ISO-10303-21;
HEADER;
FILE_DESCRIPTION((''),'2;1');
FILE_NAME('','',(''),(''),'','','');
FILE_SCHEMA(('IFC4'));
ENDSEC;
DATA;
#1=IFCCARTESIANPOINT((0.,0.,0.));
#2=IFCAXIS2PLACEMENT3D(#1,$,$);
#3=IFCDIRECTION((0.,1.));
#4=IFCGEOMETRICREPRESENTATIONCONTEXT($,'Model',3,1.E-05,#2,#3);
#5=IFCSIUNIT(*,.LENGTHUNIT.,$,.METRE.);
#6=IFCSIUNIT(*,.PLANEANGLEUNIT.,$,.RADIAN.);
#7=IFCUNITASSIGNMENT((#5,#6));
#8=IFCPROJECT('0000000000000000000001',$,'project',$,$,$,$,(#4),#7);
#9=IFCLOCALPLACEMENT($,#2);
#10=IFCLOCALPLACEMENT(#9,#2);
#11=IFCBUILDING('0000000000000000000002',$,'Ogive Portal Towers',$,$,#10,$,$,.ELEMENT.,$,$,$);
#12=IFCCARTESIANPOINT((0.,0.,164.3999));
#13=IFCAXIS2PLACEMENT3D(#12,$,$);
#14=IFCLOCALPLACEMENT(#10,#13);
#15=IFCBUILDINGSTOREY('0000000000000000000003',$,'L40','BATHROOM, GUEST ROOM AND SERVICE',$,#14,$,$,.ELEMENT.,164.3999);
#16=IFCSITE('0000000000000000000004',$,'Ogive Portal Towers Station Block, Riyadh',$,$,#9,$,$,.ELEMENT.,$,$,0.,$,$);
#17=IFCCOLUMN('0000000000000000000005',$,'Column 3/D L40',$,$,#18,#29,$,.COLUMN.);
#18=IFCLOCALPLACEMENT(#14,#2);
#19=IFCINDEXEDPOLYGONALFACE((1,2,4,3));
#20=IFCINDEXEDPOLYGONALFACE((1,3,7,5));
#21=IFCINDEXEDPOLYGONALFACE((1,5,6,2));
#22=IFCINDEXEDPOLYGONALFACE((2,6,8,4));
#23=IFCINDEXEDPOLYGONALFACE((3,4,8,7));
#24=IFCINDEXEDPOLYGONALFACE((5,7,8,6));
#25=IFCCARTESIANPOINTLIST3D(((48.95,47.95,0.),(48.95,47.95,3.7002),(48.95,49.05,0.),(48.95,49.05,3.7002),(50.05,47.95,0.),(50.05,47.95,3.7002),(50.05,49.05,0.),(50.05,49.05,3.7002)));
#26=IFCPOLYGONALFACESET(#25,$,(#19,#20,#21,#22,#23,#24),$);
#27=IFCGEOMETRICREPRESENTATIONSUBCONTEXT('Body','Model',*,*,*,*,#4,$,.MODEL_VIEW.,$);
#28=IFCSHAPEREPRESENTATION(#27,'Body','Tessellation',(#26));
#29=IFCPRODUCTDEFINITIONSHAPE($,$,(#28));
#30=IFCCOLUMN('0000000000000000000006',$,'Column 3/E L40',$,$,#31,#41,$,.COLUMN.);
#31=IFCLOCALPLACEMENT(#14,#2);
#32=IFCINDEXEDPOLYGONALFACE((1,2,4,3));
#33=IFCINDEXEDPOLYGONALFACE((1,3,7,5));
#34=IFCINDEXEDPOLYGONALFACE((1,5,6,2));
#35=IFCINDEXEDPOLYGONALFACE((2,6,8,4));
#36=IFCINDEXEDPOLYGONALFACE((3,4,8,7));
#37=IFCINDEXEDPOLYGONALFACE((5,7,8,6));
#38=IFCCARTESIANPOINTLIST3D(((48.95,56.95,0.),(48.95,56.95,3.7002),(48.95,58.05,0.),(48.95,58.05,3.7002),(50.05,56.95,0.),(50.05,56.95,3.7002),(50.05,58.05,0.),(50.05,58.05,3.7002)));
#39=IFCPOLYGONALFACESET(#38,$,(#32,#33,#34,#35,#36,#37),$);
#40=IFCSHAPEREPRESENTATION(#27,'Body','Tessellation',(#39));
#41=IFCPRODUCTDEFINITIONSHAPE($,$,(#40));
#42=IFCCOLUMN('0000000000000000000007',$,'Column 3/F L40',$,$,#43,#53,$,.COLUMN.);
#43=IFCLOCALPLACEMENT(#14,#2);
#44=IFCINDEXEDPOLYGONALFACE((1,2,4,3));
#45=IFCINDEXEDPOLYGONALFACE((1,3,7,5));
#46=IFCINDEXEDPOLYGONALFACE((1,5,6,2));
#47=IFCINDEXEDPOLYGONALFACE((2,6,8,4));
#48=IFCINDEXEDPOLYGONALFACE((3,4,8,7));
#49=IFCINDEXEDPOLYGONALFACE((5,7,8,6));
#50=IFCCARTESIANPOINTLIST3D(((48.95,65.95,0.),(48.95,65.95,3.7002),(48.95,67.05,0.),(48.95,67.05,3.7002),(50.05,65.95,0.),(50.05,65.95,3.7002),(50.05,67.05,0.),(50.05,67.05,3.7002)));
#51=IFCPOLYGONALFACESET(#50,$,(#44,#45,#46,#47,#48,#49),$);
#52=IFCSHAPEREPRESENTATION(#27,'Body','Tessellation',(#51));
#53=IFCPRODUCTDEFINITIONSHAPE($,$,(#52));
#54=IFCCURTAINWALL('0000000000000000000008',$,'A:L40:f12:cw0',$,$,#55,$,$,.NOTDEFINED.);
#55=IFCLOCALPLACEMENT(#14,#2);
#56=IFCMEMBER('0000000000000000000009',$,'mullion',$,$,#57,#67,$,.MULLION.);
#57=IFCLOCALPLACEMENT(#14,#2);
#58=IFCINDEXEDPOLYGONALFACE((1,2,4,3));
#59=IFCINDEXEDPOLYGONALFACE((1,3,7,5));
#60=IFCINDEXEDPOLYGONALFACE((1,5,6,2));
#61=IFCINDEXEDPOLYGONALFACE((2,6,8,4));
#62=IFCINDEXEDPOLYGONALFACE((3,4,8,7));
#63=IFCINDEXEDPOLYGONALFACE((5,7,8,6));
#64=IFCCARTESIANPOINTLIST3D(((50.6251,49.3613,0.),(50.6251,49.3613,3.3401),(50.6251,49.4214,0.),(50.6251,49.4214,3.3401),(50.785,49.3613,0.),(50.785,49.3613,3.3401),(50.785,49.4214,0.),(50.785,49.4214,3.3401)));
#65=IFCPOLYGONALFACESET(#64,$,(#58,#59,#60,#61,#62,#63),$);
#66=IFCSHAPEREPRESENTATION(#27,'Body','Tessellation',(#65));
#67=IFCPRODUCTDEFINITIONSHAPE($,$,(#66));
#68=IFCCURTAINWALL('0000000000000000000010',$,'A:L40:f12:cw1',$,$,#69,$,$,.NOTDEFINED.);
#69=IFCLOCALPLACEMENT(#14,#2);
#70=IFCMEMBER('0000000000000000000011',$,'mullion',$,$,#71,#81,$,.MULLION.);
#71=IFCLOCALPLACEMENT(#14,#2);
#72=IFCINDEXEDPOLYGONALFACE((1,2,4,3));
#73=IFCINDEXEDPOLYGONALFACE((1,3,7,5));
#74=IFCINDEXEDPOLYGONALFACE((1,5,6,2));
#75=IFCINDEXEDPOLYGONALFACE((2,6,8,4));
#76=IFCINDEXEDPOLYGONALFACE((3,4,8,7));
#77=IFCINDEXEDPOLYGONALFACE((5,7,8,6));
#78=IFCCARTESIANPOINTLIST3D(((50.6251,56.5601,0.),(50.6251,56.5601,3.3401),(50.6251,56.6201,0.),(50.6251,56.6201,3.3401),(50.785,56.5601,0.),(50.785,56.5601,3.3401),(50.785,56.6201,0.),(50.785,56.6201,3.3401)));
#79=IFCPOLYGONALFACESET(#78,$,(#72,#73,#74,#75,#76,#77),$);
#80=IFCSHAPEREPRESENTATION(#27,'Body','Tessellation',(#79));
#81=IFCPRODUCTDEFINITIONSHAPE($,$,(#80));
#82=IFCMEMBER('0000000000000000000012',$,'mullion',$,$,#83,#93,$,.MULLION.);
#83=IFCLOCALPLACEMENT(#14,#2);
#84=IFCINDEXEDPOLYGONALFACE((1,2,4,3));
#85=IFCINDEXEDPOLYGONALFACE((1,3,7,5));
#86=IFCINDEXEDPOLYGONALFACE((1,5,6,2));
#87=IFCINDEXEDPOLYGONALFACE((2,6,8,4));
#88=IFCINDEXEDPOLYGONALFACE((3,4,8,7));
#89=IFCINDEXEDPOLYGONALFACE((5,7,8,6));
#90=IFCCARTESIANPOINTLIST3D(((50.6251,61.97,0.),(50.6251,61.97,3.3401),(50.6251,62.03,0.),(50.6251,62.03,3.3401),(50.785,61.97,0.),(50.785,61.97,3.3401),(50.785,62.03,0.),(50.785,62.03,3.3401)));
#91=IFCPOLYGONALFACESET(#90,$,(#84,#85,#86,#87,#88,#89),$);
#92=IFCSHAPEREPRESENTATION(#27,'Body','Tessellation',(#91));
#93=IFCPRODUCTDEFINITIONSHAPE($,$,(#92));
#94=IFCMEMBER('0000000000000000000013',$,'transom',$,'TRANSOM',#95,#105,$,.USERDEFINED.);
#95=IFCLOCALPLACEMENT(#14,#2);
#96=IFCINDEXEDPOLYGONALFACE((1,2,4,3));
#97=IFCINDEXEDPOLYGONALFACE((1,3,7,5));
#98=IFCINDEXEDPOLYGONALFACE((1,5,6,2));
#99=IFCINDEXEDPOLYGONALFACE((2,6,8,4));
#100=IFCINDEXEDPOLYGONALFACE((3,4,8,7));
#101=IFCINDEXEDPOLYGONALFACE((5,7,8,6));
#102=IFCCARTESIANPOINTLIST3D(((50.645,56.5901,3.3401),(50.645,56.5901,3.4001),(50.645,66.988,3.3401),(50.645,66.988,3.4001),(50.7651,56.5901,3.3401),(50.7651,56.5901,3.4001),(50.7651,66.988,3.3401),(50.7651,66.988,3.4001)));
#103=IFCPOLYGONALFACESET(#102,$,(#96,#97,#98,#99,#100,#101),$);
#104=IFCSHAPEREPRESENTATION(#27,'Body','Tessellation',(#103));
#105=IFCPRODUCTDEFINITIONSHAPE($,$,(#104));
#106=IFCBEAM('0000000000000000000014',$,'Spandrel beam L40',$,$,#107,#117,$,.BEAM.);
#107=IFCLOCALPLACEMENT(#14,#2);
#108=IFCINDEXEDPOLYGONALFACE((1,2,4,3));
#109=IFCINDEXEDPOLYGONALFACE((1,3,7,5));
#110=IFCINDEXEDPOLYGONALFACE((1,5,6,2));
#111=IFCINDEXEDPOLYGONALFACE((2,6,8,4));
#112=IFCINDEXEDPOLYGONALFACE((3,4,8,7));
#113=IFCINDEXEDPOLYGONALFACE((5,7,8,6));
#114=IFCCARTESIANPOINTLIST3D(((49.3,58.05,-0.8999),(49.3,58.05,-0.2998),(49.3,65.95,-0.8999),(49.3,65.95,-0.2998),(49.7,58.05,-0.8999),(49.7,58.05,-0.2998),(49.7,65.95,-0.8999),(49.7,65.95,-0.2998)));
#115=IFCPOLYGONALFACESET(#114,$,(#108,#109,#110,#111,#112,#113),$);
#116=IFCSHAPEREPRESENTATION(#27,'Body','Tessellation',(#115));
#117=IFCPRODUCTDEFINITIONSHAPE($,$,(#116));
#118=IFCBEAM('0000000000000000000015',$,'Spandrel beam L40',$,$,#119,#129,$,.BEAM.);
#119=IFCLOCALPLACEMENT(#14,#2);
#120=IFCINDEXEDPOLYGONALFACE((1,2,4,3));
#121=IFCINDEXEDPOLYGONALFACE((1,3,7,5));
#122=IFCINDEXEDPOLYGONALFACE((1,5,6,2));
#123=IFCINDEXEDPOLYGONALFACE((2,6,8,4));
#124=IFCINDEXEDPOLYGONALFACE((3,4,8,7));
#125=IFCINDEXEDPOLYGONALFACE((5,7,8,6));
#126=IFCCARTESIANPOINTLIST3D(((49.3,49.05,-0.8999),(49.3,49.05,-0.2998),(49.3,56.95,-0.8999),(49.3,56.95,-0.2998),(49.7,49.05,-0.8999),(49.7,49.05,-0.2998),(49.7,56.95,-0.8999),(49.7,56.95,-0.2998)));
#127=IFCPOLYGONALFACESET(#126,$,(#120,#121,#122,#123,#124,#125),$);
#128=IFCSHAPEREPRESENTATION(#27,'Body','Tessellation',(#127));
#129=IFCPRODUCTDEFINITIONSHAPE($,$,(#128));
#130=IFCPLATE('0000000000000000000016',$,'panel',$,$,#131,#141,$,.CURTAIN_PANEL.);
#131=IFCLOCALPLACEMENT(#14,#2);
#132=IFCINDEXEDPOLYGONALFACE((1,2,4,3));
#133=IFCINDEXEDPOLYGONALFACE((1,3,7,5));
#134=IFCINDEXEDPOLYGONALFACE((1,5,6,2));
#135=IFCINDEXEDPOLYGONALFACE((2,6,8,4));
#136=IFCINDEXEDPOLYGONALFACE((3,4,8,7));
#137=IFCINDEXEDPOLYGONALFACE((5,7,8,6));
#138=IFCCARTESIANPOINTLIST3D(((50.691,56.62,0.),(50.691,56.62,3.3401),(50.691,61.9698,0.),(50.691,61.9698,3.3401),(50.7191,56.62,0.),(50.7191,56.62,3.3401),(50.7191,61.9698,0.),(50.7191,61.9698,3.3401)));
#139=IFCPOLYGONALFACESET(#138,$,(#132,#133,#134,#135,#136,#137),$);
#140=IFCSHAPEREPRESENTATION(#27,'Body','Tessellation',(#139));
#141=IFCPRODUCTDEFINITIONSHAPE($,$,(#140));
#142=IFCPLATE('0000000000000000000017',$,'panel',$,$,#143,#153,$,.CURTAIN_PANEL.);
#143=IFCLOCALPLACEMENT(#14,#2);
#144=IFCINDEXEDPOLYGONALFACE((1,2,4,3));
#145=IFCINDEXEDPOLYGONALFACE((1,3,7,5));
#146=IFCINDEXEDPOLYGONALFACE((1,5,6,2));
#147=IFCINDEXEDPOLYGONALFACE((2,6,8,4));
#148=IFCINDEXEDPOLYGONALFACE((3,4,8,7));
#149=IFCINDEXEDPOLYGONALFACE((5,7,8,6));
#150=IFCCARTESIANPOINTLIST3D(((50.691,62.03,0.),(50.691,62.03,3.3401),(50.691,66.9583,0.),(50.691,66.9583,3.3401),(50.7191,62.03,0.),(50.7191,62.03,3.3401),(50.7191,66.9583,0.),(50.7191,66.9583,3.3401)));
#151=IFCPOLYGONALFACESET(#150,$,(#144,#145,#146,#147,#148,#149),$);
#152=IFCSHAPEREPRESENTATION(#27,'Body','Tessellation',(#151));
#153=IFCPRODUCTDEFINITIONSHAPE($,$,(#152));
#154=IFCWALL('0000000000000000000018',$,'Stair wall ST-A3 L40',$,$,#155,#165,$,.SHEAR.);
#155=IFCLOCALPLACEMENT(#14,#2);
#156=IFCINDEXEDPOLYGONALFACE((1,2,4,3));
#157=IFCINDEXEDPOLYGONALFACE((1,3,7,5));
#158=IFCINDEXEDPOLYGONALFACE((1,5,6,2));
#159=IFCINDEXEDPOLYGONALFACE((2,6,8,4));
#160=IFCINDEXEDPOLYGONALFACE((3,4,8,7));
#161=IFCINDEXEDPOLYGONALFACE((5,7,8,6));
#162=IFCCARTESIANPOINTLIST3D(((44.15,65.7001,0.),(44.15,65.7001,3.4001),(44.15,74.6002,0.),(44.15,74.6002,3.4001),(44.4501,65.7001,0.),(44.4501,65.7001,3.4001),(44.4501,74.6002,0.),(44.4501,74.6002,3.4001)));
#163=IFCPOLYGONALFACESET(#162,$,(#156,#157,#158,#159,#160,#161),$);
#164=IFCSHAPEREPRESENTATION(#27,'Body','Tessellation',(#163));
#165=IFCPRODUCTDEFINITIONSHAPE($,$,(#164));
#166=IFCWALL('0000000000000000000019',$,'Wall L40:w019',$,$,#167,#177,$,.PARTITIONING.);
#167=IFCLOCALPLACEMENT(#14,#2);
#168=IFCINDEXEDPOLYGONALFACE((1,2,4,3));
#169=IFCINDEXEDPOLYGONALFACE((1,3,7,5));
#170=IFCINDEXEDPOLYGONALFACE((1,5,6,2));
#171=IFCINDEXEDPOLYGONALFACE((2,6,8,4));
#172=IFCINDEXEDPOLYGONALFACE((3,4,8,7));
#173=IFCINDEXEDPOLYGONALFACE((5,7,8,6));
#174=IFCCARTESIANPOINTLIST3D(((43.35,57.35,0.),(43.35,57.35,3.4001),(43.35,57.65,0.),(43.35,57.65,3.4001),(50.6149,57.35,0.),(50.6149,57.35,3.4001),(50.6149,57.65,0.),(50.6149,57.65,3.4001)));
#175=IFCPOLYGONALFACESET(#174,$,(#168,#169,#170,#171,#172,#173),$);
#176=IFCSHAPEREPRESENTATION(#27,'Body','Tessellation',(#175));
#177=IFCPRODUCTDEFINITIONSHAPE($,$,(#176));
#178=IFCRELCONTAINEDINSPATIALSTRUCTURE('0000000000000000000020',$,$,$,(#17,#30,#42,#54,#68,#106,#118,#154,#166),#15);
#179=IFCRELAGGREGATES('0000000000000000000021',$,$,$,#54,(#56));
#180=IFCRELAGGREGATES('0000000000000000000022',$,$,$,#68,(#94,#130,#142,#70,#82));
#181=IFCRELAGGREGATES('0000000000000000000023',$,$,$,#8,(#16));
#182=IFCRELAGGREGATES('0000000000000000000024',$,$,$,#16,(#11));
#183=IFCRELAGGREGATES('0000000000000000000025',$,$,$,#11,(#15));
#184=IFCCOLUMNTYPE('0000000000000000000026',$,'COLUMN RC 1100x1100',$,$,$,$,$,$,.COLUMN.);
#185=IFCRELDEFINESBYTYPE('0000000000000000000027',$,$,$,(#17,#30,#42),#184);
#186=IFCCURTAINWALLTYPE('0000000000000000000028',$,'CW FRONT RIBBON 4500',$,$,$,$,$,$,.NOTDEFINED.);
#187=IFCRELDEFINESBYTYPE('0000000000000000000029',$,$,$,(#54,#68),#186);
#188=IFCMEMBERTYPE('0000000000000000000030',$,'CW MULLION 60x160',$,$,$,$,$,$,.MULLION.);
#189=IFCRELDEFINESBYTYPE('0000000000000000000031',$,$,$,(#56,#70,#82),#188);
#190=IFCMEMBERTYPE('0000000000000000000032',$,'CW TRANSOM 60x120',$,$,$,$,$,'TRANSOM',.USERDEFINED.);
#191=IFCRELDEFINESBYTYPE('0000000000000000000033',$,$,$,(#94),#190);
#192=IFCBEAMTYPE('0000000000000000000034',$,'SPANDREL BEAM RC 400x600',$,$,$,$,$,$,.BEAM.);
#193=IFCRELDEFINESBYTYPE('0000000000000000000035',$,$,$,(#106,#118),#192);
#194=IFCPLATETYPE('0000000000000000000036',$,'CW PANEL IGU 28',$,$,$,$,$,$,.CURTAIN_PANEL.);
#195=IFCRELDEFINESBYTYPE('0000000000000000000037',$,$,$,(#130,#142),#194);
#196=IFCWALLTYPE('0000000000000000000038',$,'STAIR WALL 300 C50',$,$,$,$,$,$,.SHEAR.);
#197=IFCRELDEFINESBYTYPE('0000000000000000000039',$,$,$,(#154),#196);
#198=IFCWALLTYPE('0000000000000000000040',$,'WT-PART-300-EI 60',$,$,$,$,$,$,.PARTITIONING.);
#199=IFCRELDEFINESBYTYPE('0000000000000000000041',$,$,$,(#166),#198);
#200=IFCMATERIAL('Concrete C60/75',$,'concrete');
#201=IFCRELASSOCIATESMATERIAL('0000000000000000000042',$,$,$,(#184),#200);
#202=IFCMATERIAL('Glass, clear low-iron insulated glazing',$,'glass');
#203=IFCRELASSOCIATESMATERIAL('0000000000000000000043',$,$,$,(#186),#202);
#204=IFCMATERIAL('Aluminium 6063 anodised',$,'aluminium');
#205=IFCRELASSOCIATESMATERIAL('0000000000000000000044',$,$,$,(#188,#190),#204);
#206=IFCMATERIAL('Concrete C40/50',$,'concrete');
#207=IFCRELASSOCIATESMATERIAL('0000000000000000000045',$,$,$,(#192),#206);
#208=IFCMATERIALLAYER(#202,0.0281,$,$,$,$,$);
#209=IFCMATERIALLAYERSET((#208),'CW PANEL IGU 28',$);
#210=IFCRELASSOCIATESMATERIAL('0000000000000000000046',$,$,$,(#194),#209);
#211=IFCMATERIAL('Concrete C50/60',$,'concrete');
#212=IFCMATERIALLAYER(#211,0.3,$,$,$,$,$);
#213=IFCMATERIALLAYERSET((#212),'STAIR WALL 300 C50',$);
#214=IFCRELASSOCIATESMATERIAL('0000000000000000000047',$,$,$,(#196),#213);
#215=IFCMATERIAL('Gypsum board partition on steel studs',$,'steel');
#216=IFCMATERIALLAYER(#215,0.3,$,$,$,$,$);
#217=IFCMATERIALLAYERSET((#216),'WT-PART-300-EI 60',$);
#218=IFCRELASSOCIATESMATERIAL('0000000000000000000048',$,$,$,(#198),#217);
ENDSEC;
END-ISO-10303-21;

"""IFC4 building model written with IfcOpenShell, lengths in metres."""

from ifc_helpers import new_model, si_unit, direction, frame, frame_2d, origin, origin_2d, place, context, subcontext, project, spatial, rectangle, extrude, material, layer, layer_set, material_profile, profile_set, type_object, element, aggregate, save


model = new_model("IFC4")

# Units and contexts
model_context = context("Model", 3, precision=1e-05, world=origin(), true_north=direction((0.0, 1.0)))
body_context = subcontext(model_context, "Body", "Model", "MODEL_VIEW")
ifc_project = project(units=[si_unit("LENGTHUNIT", "METRE"), si_unit("PLANEANGLEUNIT", "RADIAN")], contexts=[model_context])

# Site, building, storey
site_placement = place(None, origin())
site = spatial("IfcSite", under=ifc_project, at=site_placement, Name="Ogive Portal Towers Station Block, Riyadh", CompositionType="ELEMENT", RefElevation=0.0)
building_placement = place(site_placement, origin())
building = spatial("IfcBuilding", under=site, at=building_placement, Name="Ogive Portal Towers", CompositionType="ELEMENT")
storey_placement = place(building_placement, frame((0.0, 0.0, 164.3999)))
storey = spatial("IfcBuildingStorey", under=building, at=storey_placement, Name="L40", Description="BATHROOM, GUEST ROOM AND SERVICE", CompositionType="ELEMENT", Elevation=164.3999)

# Columns
ifc_material_1 = material(Name="Concrete C60/75", Category="concrete")
ifc_material_profile_1 = material_profile(ifc_material_1, rectangle(XDim=1.1001, YDim=1.1001, at=origin_2d()), Name="RC 1100x1100")
ifc_profile_set_1 = profile_set([ifc_material_profile_1], Name="Concrete C60/75")
column_type = type_object("IfcColumnType", Name="COLUMN RC 1100x1100", PredefinedType="COLUMN", material=ifc_profile_set_1)
for number, where, z_axis, x_axis, name in (
    (1, (49.5, 48.5, 0.0), (0.0, 0.0, 1.0), (1.0, 0.0, 0.0), "Column 3/D L40"),
    (2, (49.5, 57.5, 0.0), (0.0, 0.0, 1.0), (1.0, 0.0, 0.0), "Column 3/E L40"),
    (3, (49.5, 66.5, 0.0), (0.0, 0.0, 1.0), (1.0, 0.0, 0.0), "Column 3/F L40"),
):
    element("IfcColumn", number, at=place(storey_placement, frame(where, z_axis=z_axis, x_axis=x_axis)), inside=storey, type_object=column_type, Name=name, PredefinedType="COLUMN", context=body_context, shape_type="SweptSolid", body=[
        extrude(rectangle(XDim=1.1001, YDim=1.1001, at=origin_2d()), origin(), (0.0, 0.0, 1.0), 3.7002),
    ])

# Curtain wall, member
ifc_material_2 = material(Name="Glass, clear low-iron insulated glazing", Category="glass")
curtain_wall_type = type_object("IfcCurtainWallType", Name="CW FRONT RIBBON 4500", PredefinedType="NOTDEFINED", material=ifc_material_2)
curtain_wall_1_placement = place(storey_placement, origin())
curtain_wall_1 = element("IfcCurtainWall", 4, at=curtain_wall_1_placement, inside=storey, type_object=curtain_wall_type, Name="A:L40:f12:cw0", PredefinedType="NOTDEFINED")
ifc_material_3 = material(Name="Aluminium 6063 anodised", Category="aluminium")
ifc_material_profile_2 = material_profile(ifc_material_3, rectangle(XDim=0.1599, YDim=0.0601, at=origin_2d()), Name="AL 60x160")
ifc_profile_set_2 = profile_set([ifc_material_profile_2], Name="Aluminium 6063 anodised")
member_type_1 = type_object("IfcMemberType", Name="CW MULLION 60x160", PredefinedType="MULLION", material=ifc_profile_set_2)
member_1_placement = place(storey_placement, frame((50.7051, 49.3914, 0.0), z_axis=(0.0, 0.0, 1.0), x_axis=(-1.0, 0.0, 0.0)))
member_1 = element("IfcMember", 5, at=member_1_placement, type_object=member_type_1, Name="mullion", PredefinedType="MULLION", context=body_context, shape_type="SweptSolid", body=[
    extrude(rectangle(XDim=0.1599, YDim=0.0601, at=origin_2d()), origin(), (0.0, 0.0, 1.0), 3.3401),
])
aggregate(curtain_wall_1, [member_1])

# Curtain wall, members
curtain_wall_2_placement = place(storey_placement, origin())
curtain_wall_2 = element("IfcCurtainWall", 6, at=curtain_wall_2_placement, inside=storey, type_object=curtain_wall_type, Name="A:L40:f12:cw1", PredefinedType="NOTDEFINED")
member_2_placement = place(storey_placement, frame((50.7051, 56.5901, 0.0), z_axis=(0.0, 0.0, 1.0), x_axis=(-1.0, 0.0, 0.0)))
member_2 = element("IfcMember", 7, at=member_2_placement, type_object=member_type_1, Name="mullion", PredefinedType="MULLION", context=body_context, shape_type="SweptSolid", body=[
    extrude(rectangle(XDim=0.1599, YDim=0.0601, at=origin_2d()), origin(), (0.0, 0.0, 1.0), 3.3401),
])
member_3_placement = place(storey_placement, frame((50.7051, 62.0, 0.0), z_axis=(0.0, 0.0, 1.0), x_axis=(-1.0, 0.0, 0.0)))
member_3 = element("IfcMember", 8, at=member_3_placement, type_object=member_type_1, Name="mullion", PredefinedType="MULLION", context=body_context, shape_type="SweptSolid", body=[
    extrude(rectangle(XDim=0.1599, YDim=0.0601, at=origin_2d()), origin(), (0.0, 0.0, 1.0), 3.3401),
])
ifc_material_profile_3 = material_profile(ifc_material_3, rectangle(XDim=0.1201, YDim=0.0601, at=origin_2d()), Name="AL 120x60")
ifc_profile_set_3 = profile_set([ifc_material_profile_3], Name="Aluminium 6063 anodised")
member_type_2 = type_object("IfcMemberType", Name="CW TRANSOM 60x120", ElementType="TRANSOM", PredefinedType="USERDEFINED", material=ifc_profile_set_3)
member_4_placement = place(storey_placement, frame((50.7051, 56.5901, 3.3701), z_axis=(0.0, 1.0, 0.0), x_axis=(-1.0, 0.0, 0.0)))
member_4 = element("IfcMember", 9, at=member_4_placement, type_object=member_type_2, Name="transom", ObjectType="TRANSOM", PredefinedType="USERDEFINED", context=body_context, shape_type="SweptSolid", body=[
    extrude(rectangle(XDim=0.1201, YDim=0.0601, at=origin_2d()), origin(), (0.0, 0.0, 1.0), 10.3979),
])

# Beams
ifc_material_4 = material(Name="Concrete C40/50", Category="concrete")
ifc_material_profile_4 = material_profile(ifc_material_4, rectangle(XDim=0.3999, YDim=0.6001, at=origin_2d()), Name="RC 400x600")
ifc_profile_set_4 = profile_set([ifc_material_profile_4], Name="Concrete C40/50")
beam_type = type_object("IfcBeamType", Name="SPANDREL BEAM RC 400x600", PredefinedType="BEAM", material=ifc_profile_set_4)
for number, where, z_axis, x_axis, name in (
    (10, (49.5, 65.95, -0.5999), (0.0, -1.0, 0.0), (1.0, 0.0, 0.0), "Spandrel beam L40"),
    (11, (49.5, 56.95, -0.5999), (0.0, -1.0, 0.0), (1.0, 0.0, 0.0), "Spandrel beam L40"),
):
    element("IfcBeam", number, at=place(storey_placement, frame(where, z_axis=z_axis, x_axis=x_axis)), inside=storey, type_object=beam_type, Name=name, PredefinedType="BEAM", context=body_context, shape_type="SweptSolid", body=[
        extrude(rectangle(XDim=0.3999, YDim=0.6001, at=origin_2d()), origin(), (0.0, 0.0, 1.0), 7.8999),
    ])

# Plates
ifc_layer_1 = layer(ifc_material_2, 0.0281)
ifc_layer_set_1 = layer_set([ifc_layer_1], Name="CW PANEL IGU 28")
plate_type = type_object("IfcPlateType", Name="CW PANEL IGU 28", PredefinedType="CURTAIN_PANEL", material=ifc_layer_set_1)
plate_1_placement = place(storey_placement, frame((50.7051, 59.2949, 0.0), z_axis=(0.0, 0.0, 1.0), x_axis=(0.0, 1.0, 0.0)))
plate_1 = element("IfcPlate", 12, at=plate_1_placement, type_object=plate_type, Name="panel", PredefinedType="CURTAIN_PANEL", context=body_context, shape_type="SweptSolid", body=[
    extrude(rectangle(XDim=5.3499, YDim=0.0281, at=origin_2d()), origin(), (0.0, 0.0, 1.0), 3.3401),
])
plate_2_placement = place(storey_placement, frame((50.7051, 64.4941, 0.0), z_axis=(0.0, 0.0, 1.0), x_axis=(0.0, 1.0, 0.0)))
plate_2 = element("IfcPlate", 13, at=plate_2_placement, type_object=plate_type, Name="panel", PredefinedType="CURTAIN_PANEL", context=body_context, shape_type="SweptSolid", body=[
    extrude(rectangle(XDim=4.9282, YDim=0.0281, at=origin_2d()), origin(), (0.0, 0.0, 1.0), 3.3401),
])
aggregate(curtain_wall_2, [member_4, plate_1, plate_2, member_2, member_3])

# Walls
ifc_material_5 = material(Name="Concrete C50/60", Category="concrete")
ifc_layer_2 = layer(ifc_material_5, 0.3)
ifc_layer_set_2 = layer_set([ifc_layer_2], Name="STAIR WALL 300 C50")
wall_type_1 = type_object("IfcWallType", Name="STAIR WALL 300 C50", PredefinedType="SHEAR", material=ifc_layer_set_2)
wall_1_placement = place(storey_placement, frame((44.3, 65.7, 0.0), z_axis=(0.0, 0.0, 1.0), x_axis=(0.0, 1.0, 0.0)))
element("IfcWall", 14, at=wall_1_placement, inside=storey, type_object=wall_type_1, Name="Stair wall ST-A3 L40", PredefinedType="SHEAR", context=body_context, shape_type="SweptSolid", body=[
    extrude(rectangle(XDim=8.9001, YDim=0.3, at=frame_2d((4.4502, 0.0))), origin(), (0.0, 0.0, 1.0), 3.4001),
])
ifc_material_6 = material(Name="Gypsum board partition on steel studs", Category="steel")
ifc_layer_3 = layer(ifc_material_6, 0.3)
ifc_layer_set_3 = layer_set([ifc_layer_3], Name="WT-PART-300-EI 60")
wall_type_2 = type_object("IfcWallType", Name="WT-PART-300-EI 60", PredefinedType="PARTITIONING", material=ifc_layer_set_3)
wall_2_placement = place(storey_placement, frame((43.3501, 57.5, 0.0), z_axis=(0.0, 0.0, 1.0), x_axis=(1.0, 0.0, 0.0)))
element("IfcWall", 15, at=wall_2_placement, inside=storey, type_object=wall_type_2, Name="Wall L40:w019", PredefinedType="PARTITIONING", context=body_context, shape_type="SweptSolid", body=[
    extrude(rectangle(XDim=7.2649, YDim=0.3, at=frame_2d((3.6323, 0.0))), origin(), (0.0, 0.0, 1.0), 3.4001),
])

save(model, "model.ifc")
